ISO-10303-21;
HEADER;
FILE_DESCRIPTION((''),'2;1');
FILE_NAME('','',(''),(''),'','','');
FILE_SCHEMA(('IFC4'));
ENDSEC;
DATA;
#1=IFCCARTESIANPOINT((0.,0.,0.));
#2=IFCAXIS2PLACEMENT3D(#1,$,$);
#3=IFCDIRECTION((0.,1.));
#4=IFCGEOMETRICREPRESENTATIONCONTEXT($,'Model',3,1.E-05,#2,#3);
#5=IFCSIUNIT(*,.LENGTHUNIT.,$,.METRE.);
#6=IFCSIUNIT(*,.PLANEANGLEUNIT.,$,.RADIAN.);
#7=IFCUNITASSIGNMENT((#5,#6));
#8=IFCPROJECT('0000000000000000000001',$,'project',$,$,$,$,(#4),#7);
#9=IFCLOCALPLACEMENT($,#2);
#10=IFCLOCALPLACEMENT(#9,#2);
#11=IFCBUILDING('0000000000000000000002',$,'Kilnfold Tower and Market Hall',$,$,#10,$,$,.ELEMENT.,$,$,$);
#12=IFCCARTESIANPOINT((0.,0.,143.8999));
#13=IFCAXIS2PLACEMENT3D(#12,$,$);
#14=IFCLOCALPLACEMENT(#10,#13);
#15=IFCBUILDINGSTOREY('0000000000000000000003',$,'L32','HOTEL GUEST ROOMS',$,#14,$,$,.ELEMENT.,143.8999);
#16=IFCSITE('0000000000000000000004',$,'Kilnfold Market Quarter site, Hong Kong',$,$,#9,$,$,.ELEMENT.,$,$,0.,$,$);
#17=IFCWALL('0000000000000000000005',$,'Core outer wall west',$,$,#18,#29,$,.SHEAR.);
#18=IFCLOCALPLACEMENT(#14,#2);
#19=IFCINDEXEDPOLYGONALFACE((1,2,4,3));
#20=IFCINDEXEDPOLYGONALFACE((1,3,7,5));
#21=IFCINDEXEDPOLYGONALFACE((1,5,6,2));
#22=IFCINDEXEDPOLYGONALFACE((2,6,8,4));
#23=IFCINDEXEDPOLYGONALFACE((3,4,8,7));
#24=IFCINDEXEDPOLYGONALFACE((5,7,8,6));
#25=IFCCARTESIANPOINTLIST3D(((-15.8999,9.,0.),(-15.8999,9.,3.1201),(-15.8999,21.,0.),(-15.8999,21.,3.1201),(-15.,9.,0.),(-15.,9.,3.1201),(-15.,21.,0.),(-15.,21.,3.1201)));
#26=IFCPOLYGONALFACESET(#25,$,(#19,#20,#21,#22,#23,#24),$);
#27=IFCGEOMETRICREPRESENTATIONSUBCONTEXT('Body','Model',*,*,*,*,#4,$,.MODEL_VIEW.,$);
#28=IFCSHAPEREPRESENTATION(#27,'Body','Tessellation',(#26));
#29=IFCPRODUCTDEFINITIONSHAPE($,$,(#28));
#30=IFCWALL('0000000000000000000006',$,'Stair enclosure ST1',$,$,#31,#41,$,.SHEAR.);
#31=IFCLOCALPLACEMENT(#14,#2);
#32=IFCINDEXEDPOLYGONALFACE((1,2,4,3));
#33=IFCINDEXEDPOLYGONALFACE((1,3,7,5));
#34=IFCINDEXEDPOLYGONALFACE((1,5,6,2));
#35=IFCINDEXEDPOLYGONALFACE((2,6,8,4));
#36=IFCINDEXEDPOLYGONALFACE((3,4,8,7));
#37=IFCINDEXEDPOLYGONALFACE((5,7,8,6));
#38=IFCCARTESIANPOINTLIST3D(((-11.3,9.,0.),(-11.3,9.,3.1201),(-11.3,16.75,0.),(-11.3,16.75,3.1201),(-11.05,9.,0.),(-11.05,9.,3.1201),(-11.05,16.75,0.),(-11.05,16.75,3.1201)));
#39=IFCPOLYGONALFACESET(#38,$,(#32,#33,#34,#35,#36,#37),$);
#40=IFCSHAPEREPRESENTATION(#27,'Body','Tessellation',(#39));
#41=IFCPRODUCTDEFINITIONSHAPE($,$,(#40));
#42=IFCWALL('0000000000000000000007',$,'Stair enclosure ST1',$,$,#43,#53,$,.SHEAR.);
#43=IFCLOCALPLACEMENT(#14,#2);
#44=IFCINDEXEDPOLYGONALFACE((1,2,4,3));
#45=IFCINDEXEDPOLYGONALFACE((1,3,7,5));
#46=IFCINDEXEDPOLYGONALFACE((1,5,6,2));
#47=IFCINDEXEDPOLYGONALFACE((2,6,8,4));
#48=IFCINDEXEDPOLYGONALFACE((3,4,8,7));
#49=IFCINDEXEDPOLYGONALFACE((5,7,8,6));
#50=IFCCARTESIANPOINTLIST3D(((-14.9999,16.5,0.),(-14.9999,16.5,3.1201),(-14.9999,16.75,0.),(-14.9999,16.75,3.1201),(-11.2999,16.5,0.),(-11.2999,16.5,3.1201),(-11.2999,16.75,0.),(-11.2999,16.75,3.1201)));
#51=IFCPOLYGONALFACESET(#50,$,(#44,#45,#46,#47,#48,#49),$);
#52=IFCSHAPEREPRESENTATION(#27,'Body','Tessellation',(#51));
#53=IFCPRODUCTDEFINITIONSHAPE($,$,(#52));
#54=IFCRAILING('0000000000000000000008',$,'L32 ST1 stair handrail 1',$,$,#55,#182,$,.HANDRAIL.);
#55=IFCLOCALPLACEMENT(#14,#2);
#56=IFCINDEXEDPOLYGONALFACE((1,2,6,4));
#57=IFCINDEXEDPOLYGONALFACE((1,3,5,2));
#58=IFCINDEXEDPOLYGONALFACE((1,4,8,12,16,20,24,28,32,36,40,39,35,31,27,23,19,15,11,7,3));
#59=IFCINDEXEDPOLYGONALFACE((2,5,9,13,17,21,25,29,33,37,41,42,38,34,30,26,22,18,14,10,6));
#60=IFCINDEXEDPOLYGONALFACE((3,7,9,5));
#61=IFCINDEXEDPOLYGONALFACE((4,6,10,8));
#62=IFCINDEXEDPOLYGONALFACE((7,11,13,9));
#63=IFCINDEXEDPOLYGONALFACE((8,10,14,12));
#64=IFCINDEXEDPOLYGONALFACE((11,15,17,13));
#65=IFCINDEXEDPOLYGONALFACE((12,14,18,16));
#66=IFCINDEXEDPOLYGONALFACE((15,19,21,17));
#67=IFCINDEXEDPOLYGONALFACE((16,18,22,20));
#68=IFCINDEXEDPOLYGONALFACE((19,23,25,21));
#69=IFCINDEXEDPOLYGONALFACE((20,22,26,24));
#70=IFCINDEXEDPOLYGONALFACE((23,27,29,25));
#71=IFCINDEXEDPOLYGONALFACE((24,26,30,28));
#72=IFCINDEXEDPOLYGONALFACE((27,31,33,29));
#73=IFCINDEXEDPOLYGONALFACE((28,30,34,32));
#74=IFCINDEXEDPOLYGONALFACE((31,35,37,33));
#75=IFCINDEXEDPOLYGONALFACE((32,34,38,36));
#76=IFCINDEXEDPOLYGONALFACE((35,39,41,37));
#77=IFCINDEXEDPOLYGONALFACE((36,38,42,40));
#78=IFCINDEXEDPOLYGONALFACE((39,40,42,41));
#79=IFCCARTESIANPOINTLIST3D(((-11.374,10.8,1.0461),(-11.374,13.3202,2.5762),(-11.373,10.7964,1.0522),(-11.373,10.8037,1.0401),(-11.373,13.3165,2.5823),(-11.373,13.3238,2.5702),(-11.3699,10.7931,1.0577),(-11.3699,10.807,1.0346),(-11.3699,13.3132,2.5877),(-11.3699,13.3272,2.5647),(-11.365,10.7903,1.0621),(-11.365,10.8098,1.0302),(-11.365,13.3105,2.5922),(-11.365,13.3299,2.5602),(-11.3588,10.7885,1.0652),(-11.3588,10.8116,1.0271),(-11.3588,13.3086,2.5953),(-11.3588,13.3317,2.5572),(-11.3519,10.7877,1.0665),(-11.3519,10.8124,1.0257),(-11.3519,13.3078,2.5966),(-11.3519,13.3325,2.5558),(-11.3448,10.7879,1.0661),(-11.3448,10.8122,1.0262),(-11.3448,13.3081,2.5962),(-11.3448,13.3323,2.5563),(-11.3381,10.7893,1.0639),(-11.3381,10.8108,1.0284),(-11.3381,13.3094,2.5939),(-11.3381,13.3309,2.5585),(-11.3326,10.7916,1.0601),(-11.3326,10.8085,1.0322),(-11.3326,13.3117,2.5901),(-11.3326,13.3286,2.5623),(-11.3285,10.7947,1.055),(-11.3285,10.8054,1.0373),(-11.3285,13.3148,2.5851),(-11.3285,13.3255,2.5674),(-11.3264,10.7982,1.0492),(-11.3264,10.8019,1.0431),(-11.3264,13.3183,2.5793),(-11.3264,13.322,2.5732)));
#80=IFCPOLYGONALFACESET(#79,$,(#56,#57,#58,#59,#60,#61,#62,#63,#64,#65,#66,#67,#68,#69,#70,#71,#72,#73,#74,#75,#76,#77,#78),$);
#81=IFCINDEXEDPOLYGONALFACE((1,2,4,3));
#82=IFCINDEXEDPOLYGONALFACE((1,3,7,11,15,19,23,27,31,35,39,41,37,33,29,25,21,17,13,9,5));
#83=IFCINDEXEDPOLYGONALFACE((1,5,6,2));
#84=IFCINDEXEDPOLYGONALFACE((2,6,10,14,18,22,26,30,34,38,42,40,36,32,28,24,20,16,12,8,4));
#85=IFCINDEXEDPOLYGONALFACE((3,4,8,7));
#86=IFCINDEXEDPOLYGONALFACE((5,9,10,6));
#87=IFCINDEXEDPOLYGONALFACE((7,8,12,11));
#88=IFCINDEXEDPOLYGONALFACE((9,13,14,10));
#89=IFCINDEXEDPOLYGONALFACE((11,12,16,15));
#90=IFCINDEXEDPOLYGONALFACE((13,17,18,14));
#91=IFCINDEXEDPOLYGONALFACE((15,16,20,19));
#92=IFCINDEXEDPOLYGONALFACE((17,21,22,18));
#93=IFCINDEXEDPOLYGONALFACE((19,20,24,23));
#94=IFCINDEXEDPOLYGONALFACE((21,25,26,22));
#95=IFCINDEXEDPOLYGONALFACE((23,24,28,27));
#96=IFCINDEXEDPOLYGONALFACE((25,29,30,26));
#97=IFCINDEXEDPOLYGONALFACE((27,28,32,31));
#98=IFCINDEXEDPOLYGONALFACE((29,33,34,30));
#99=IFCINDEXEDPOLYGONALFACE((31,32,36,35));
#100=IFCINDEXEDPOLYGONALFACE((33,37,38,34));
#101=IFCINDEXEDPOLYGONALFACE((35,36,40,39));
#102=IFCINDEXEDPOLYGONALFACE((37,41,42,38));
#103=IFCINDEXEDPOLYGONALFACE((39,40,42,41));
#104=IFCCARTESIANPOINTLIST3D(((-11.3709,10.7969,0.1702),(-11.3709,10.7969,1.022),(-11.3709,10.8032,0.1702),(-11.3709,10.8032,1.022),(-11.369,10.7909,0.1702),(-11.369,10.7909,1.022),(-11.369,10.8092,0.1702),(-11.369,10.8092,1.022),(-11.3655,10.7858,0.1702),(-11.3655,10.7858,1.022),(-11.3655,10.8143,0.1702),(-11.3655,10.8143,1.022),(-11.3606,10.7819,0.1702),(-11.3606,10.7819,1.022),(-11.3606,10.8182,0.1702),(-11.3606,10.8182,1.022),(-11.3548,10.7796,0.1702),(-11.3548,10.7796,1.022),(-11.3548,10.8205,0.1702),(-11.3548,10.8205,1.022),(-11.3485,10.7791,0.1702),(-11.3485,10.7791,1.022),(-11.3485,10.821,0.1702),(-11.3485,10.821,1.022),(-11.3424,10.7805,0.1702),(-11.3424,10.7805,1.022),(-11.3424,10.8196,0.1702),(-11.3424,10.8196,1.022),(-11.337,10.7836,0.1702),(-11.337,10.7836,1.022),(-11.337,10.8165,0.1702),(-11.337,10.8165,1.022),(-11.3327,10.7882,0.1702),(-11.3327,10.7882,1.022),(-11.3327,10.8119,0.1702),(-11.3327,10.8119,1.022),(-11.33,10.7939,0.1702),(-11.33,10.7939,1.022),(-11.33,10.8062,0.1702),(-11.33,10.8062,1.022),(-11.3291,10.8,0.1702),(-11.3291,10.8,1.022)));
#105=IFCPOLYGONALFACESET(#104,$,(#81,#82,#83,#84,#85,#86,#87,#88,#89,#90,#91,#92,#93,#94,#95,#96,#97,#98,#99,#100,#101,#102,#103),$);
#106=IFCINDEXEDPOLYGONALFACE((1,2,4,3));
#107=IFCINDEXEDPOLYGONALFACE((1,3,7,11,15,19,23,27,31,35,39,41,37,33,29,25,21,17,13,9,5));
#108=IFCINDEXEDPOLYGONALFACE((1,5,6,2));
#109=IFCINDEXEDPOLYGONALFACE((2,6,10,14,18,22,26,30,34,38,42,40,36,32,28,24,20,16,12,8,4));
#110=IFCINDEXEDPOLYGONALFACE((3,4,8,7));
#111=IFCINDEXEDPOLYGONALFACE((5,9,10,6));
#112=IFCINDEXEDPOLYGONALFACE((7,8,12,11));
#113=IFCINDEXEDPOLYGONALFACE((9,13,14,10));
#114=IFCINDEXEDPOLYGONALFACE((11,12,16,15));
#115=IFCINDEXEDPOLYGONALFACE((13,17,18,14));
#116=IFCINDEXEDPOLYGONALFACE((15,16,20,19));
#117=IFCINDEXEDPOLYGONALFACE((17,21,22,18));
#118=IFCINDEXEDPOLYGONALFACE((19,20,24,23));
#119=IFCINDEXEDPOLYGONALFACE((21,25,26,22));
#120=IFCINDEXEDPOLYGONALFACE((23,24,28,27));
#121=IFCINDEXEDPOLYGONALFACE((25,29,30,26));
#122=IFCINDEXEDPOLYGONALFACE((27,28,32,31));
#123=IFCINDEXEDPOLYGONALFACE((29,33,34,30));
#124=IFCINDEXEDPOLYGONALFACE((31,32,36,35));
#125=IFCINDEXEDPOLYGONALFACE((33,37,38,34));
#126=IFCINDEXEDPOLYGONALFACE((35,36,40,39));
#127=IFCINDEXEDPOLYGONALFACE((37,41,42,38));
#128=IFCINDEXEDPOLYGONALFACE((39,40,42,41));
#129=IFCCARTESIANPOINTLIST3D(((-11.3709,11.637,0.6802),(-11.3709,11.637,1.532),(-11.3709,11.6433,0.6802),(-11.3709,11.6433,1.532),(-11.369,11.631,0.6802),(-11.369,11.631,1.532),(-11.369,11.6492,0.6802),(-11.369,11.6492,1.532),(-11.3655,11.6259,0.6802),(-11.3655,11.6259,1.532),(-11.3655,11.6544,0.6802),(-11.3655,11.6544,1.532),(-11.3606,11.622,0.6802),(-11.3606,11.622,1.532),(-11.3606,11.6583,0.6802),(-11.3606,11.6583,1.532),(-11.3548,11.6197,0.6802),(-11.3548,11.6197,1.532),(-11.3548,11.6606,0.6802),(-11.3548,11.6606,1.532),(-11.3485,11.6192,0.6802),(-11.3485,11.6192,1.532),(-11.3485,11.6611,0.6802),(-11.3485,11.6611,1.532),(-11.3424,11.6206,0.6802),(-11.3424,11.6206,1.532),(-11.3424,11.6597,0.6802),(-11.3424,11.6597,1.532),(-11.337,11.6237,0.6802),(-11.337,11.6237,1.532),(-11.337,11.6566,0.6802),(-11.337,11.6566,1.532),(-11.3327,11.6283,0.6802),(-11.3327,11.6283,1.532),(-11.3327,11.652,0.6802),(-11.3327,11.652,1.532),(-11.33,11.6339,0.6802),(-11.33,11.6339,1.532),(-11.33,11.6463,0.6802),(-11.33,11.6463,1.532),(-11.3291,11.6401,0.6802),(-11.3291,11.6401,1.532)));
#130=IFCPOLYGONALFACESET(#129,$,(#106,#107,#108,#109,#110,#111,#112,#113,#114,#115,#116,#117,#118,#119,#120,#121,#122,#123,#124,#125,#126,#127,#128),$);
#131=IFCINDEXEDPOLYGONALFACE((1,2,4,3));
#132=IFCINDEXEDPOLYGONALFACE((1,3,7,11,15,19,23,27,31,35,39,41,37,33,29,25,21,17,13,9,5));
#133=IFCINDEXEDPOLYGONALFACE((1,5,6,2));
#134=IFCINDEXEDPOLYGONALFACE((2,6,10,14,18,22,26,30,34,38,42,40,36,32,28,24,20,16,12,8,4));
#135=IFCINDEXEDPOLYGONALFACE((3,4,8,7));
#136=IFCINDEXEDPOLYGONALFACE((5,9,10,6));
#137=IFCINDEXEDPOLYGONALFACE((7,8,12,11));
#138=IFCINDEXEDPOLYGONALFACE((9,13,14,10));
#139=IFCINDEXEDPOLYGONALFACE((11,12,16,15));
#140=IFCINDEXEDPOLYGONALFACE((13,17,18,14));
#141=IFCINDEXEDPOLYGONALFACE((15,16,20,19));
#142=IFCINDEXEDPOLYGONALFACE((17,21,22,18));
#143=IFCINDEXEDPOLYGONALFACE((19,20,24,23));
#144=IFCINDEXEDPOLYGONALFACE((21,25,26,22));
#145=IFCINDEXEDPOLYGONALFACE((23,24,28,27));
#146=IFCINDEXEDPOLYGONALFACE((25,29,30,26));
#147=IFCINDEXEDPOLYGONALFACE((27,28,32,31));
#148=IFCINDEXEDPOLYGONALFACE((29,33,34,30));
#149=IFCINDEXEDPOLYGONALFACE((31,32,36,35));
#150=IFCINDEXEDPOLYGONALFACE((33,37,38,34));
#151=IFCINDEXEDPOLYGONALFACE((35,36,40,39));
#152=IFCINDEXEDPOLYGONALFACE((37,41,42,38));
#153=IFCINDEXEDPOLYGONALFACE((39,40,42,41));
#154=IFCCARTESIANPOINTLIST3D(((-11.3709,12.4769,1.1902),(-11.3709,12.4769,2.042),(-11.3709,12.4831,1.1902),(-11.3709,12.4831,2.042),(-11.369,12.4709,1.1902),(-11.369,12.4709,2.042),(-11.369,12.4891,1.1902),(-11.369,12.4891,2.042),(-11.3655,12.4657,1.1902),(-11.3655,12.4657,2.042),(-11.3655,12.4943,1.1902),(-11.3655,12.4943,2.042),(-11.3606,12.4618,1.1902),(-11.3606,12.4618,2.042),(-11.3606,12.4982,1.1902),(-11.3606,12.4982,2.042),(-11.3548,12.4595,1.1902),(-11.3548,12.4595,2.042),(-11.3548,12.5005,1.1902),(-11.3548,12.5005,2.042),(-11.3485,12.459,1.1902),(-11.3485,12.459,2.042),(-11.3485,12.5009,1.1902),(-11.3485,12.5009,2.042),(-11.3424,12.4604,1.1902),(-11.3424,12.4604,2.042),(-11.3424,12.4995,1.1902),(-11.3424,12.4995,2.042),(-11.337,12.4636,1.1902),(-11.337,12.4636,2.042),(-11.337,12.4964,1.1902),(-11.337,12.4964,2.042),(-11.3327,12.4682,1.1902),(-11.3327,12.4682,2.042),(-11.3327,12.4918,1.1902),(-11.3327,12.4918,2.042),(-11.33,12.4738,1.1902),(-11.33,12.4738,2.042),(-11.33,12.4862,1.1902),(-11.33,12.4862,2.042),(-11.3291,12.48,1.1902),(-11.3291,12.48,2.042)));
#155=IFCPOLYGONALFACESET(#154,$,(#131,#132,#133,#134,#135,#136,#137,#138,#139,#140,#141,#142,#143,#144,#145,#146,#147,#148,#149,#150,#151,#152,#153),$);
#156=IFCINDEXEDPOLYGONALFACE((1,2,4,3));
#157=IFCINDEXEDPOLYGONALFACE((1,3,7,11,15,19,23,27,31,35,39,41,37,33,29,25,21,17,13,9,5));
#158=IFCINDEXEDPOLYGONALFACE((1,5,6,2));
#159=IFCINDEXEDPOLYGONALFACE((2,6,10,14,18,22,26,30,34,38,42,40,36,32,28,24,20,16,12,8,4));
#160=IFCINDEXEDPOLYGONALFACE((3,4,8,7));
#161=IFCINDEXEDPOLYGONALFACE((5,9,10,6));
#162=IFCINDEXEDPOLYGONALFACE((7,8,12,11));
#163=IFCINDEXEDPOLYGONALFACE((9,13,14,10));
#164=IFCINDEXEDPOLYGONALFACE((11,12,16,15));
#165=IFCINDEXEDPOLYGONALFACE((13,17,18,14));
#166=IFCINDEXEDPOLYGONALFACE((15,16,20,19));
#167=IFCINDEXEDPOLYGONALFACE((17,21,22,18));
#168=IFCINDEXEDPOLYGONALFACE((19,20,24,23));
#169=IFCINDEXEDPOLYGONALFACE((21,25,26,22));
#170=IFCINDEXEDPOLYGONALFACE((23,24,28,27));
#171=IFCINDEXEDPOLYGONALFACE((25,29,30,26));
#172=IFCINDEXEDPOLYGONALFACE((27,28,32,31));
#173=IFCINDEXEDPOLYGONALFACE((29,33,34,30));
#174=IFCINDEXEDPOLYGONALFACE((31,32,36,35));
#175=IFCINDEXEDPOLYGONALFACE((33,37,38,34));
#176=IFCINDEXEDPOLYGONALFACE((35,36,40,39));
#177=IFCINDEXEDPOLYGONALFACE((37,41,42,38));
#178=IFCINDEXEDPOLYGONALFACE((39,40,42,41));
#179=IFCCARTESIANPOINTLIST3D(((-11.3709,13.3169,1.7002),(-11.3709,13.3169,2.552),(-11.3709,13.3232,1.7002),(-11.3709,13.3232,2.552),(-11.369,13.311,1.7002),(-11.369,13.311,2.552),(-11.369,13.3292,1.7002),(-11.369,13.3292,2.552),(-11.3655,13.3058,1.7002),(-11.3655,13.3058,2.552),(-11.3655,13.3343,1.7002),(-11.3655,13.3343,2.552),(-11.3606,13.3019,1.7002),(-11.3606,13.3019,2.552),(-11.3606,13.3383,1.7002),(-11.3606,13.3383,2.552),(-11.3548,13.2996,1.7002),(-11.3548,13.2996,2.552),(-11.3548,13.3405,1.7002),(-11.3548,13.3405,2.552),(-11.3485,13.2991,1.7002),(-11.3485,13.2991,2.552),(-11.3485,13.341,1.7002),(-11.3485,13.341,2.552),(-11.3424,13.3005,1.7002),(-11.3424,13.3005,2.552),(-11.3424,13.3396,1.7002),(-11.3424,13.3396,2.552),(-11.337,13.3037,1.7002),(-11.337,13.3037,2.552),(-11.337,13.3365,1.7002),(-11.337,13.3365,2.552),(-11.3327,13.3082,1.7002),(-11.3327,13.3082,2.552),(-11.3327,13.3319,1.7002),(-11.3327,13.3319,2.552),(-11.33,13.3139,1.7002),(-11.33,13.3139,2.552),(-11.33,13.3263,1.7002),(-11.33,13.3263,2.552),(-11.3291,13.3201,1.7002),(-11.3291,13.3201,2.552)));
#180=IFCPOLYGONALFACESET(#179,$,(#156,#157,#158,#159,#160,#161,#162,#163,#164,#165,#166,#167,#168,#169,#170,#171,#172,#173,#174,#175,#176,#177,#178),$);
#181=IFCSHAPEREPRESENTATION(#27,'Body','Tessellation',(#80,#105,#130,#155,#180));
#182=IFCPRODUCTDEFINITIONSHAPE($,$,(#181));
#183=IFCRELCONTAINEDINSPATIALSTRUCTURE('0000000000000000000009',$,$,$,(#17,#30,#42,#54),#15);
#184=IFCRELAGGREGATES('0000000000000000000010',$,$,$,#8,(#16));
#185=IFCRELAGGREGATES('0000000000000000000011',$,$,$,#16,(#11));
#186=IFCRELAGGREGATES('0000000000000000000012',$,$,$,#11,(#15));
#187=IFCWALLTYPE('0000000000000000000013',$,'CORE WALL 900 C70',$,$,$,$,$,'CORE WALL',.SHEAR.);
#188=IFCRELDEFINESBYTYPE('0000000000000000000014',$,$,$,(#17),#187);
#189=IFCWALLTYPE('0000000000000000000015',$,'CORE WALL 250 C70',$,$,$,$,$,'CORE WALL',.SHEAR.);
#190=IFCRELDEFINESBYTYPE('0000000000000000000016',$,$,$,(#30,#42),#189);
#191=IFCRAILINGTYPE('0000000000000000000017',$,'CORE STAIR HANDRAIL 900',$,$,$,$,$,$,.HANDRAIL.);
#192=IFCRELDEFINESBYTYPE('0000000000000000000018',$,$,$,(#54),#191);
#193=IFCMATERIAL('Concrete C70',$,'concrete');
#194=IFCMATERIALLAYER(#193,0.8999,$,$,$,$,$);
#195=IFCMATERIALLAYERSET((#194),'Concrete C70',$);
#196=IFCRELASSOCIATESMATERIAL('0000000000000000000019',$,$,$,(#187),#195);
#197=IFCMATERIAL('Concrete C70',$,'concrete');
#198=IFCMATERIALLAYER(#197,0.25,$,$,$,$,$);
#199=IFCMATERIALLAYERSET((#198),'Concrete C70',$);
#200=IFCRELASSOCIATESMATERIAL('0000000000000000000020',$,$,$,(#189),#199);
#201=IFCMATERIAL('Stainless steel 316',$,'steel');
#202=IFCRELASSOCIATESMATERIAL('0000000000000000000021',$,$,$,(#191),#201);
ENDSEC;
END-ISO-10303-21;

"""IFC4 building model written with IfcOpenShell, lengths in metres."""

from ifc_helpers import new_model, si_unit, direction, frame, frame_2d, origin, origin_2d, place, context, subcontext, project, spatial, rectangle, circle, extrude, source, transform, mapped, material, layer, layer_set, type_object, element, save


model = new_model("IFC4")

# Units and contexts
model_context = context("Model", 3, precision=1e-05, world=origin(), true_north=direction((0.0, 1.0)))
body_context = subcontext(model_context, "Body", "Model", "MODEL_VIEW")
ifc_project = project(units=[si_unit("LENGTHUNIT", "METRE"), si_unit("PLANEANGLEUNIT", "RADIAN")], contexts=[model_context])

# Site, building, storey
site_placement = place(None, origin())
site = spatial("IfcSite", under=ifc_project, at=site_placement, Name="Kilnfold Market Quarter site, Hong Kong", CompositionType="ELEMENT", RefElevation=0.0)
building_placement = place(site_placement, origin())
building = spatial("IfcBuilding", under=site, at=building_placement, Name="Kilnfold Tower and Market Hall", CompositionType="ELEMENT")
storey_placement = place(building_placement, frame((0.0, 0.0, 143.8999)))
storey = spatial("IfcBuildingStorey", under=building, at=storey_placement, Name="L32", Description="HOTEL GUEST ROOMS", CompositionType="ELEMENT", Elevation=143.8999)

# Walls
ifc_material_1 = material(Name="Concrete C70", Category="concrete")
ifc_layer_1 = layer(ifc_material_1, 0.8999)
ifc_layer_set_1 = layer_set([ifc_layer_1], Name="Concrete C70")
wall_type_1 = type_object("IfcWallType", Name="CORE WALL 900 C70", ElementType="CORE WALL", PredefinedType="SHEAR", material=ifc_layer_set_1)
shared_shape_1 = source(origin(), body_context, "Body", "SweptSolid", [
    extrude(rectangle(XDim=12.0, YDim=0.8999, at=frame_2d((6.0, 0.0))), origin(), (0.0, 0.0, 1.0), 3.1201),
])
wall_1_placement = place(storey_placement, frame((-15.45, 9.0, 0.0), z_axis=(0.0, 0.0, 1.0), x_axis=(0.0, 1.0, 0.0)))
element("IfcWall", 1, at=wall_1_placement, inside=storey, type_object=wall_type_1, Name="Core outer wall west", PredefinedType="SHEAR", context=body_context, shape_type="MappedRepresentation", body=[
    mapped(shared_shape_1, transform((0.0, 0.0, 0.0))),
])
ifc_material_2 = material(Name="Concrete C70", Category="concrete")
ifc_layer_2 = layer(ifc_material_2, 0.25)
ifc_layer_set_2 = layer_set([ifc_layer_2], Name="Concrete C70")
wall_type_2 = type_object("IfcWallType", Name="CORE WALL 250 C70", ElementType="CORE WALL", PredefinedType="SHEAR", material=ifc_layer_set_2)
shared_shape_2 = source(origin(), body_context, "Body", "SweptSolid", [
    extrude(rectangle(XDim=7.75, YDim=0.25, at=frame_2d((3.875, 0.0))), origin(), (0.0, 0.0, 1.0), 3.1201),
])
wall_2_placement = place(storey_placement, frame((-11.175, 9.0, 0.0), z_axis=(0.0, 0.0, 1.0), x_axis=(0.0, 1.0, 0.0)))
element("IfcWall", 2, at=wall_2_placement, inside=storey, type_object=wall_type_2, Name="Stair enclosure ST1", PredefinedType="SHEAR", context=body_context, shape_type="MappedRepresentation", body=[
    mapped(shared_shape_2, transform((0.0, 0.0, 0.0))),
])
shared_shape_3 = source(origin(), body_context, "Body", "SweptSolid", [
    extrude(rectangle(XDim=3.7, YDim=0.25, at=frame_2d((1.8501, 0.0))), origin(), (0.0, 0.0, 1.0), 3.1201),
])
wall_3_placement = place(storey_placement, frame((-15.0, 16.625, 0.0), z_axis=(0.0, 0.0, 1.0), x_axis=(1.0, 0.0, 0.0)))
element("IfcWall", 3, at=wall_3_placement, inside=storey, type_object=wall_type_2, Name="Stair enclosure ST1", PredefinedType="SHEAR", context=body_context, shape_type="MappedRepresentation", body=[
    mapped(shared_shape_3, transform((0.0, 0.0, 0.0))),
])

# Railing
ifc_material_3 = material(Name="Stainless steel 316", Category="steel")
railing_type_1 = type_object("IfcRailingType", Name="CORE STAIR HANDRAIL 900", PredefinedType="HANDRAIL", material=ifc_material_3)
railing_1_placement = place(storey_placement, frame((-11.3501, 10.8, 0.1702)))
element("IfcRailing", 4, at=railing_1_placement, inside=storey, type_object=railing_type_1, Name="L32 ST1 stair handrail 1", PredefinedType="HANDRAIL", context=body_context, shape_type="SweptSolid", body=[
    extrude(circle(Radius=0.0239, at=origin_2d()), frame((0.0, 0.0, 0.876), z_axis=(0.0, 0.854785, 0.518982), x_axis=(-1.0, 0.0, 0.0)), (0.0, 0.0, 1.0), 2.9482),
    extrude(circle(Radius=0.021, at=origin_2d()), origin(), (0.0, 0.0, 1.0), 0.8518),
    extrude(circle(Radius=0.021, at=origin_2d()), frame((0.0, 0.8401, 0.51)), (0.0, 0.0, 1.0), 0.8518),
    extrude(circle(Radius=0.021, at=origin_2d()), frame((0.0, 1.6799, 1.02)), (0.0, 0.0, 1.0), 0.8518),
    extrude(circle(Radius=0.021, at=origin_2d()), frame((0.0, 2.52, 1.53)), (0.0, 0.0, 1.0), 0.8518),
])

save(model, "model.ifc")
